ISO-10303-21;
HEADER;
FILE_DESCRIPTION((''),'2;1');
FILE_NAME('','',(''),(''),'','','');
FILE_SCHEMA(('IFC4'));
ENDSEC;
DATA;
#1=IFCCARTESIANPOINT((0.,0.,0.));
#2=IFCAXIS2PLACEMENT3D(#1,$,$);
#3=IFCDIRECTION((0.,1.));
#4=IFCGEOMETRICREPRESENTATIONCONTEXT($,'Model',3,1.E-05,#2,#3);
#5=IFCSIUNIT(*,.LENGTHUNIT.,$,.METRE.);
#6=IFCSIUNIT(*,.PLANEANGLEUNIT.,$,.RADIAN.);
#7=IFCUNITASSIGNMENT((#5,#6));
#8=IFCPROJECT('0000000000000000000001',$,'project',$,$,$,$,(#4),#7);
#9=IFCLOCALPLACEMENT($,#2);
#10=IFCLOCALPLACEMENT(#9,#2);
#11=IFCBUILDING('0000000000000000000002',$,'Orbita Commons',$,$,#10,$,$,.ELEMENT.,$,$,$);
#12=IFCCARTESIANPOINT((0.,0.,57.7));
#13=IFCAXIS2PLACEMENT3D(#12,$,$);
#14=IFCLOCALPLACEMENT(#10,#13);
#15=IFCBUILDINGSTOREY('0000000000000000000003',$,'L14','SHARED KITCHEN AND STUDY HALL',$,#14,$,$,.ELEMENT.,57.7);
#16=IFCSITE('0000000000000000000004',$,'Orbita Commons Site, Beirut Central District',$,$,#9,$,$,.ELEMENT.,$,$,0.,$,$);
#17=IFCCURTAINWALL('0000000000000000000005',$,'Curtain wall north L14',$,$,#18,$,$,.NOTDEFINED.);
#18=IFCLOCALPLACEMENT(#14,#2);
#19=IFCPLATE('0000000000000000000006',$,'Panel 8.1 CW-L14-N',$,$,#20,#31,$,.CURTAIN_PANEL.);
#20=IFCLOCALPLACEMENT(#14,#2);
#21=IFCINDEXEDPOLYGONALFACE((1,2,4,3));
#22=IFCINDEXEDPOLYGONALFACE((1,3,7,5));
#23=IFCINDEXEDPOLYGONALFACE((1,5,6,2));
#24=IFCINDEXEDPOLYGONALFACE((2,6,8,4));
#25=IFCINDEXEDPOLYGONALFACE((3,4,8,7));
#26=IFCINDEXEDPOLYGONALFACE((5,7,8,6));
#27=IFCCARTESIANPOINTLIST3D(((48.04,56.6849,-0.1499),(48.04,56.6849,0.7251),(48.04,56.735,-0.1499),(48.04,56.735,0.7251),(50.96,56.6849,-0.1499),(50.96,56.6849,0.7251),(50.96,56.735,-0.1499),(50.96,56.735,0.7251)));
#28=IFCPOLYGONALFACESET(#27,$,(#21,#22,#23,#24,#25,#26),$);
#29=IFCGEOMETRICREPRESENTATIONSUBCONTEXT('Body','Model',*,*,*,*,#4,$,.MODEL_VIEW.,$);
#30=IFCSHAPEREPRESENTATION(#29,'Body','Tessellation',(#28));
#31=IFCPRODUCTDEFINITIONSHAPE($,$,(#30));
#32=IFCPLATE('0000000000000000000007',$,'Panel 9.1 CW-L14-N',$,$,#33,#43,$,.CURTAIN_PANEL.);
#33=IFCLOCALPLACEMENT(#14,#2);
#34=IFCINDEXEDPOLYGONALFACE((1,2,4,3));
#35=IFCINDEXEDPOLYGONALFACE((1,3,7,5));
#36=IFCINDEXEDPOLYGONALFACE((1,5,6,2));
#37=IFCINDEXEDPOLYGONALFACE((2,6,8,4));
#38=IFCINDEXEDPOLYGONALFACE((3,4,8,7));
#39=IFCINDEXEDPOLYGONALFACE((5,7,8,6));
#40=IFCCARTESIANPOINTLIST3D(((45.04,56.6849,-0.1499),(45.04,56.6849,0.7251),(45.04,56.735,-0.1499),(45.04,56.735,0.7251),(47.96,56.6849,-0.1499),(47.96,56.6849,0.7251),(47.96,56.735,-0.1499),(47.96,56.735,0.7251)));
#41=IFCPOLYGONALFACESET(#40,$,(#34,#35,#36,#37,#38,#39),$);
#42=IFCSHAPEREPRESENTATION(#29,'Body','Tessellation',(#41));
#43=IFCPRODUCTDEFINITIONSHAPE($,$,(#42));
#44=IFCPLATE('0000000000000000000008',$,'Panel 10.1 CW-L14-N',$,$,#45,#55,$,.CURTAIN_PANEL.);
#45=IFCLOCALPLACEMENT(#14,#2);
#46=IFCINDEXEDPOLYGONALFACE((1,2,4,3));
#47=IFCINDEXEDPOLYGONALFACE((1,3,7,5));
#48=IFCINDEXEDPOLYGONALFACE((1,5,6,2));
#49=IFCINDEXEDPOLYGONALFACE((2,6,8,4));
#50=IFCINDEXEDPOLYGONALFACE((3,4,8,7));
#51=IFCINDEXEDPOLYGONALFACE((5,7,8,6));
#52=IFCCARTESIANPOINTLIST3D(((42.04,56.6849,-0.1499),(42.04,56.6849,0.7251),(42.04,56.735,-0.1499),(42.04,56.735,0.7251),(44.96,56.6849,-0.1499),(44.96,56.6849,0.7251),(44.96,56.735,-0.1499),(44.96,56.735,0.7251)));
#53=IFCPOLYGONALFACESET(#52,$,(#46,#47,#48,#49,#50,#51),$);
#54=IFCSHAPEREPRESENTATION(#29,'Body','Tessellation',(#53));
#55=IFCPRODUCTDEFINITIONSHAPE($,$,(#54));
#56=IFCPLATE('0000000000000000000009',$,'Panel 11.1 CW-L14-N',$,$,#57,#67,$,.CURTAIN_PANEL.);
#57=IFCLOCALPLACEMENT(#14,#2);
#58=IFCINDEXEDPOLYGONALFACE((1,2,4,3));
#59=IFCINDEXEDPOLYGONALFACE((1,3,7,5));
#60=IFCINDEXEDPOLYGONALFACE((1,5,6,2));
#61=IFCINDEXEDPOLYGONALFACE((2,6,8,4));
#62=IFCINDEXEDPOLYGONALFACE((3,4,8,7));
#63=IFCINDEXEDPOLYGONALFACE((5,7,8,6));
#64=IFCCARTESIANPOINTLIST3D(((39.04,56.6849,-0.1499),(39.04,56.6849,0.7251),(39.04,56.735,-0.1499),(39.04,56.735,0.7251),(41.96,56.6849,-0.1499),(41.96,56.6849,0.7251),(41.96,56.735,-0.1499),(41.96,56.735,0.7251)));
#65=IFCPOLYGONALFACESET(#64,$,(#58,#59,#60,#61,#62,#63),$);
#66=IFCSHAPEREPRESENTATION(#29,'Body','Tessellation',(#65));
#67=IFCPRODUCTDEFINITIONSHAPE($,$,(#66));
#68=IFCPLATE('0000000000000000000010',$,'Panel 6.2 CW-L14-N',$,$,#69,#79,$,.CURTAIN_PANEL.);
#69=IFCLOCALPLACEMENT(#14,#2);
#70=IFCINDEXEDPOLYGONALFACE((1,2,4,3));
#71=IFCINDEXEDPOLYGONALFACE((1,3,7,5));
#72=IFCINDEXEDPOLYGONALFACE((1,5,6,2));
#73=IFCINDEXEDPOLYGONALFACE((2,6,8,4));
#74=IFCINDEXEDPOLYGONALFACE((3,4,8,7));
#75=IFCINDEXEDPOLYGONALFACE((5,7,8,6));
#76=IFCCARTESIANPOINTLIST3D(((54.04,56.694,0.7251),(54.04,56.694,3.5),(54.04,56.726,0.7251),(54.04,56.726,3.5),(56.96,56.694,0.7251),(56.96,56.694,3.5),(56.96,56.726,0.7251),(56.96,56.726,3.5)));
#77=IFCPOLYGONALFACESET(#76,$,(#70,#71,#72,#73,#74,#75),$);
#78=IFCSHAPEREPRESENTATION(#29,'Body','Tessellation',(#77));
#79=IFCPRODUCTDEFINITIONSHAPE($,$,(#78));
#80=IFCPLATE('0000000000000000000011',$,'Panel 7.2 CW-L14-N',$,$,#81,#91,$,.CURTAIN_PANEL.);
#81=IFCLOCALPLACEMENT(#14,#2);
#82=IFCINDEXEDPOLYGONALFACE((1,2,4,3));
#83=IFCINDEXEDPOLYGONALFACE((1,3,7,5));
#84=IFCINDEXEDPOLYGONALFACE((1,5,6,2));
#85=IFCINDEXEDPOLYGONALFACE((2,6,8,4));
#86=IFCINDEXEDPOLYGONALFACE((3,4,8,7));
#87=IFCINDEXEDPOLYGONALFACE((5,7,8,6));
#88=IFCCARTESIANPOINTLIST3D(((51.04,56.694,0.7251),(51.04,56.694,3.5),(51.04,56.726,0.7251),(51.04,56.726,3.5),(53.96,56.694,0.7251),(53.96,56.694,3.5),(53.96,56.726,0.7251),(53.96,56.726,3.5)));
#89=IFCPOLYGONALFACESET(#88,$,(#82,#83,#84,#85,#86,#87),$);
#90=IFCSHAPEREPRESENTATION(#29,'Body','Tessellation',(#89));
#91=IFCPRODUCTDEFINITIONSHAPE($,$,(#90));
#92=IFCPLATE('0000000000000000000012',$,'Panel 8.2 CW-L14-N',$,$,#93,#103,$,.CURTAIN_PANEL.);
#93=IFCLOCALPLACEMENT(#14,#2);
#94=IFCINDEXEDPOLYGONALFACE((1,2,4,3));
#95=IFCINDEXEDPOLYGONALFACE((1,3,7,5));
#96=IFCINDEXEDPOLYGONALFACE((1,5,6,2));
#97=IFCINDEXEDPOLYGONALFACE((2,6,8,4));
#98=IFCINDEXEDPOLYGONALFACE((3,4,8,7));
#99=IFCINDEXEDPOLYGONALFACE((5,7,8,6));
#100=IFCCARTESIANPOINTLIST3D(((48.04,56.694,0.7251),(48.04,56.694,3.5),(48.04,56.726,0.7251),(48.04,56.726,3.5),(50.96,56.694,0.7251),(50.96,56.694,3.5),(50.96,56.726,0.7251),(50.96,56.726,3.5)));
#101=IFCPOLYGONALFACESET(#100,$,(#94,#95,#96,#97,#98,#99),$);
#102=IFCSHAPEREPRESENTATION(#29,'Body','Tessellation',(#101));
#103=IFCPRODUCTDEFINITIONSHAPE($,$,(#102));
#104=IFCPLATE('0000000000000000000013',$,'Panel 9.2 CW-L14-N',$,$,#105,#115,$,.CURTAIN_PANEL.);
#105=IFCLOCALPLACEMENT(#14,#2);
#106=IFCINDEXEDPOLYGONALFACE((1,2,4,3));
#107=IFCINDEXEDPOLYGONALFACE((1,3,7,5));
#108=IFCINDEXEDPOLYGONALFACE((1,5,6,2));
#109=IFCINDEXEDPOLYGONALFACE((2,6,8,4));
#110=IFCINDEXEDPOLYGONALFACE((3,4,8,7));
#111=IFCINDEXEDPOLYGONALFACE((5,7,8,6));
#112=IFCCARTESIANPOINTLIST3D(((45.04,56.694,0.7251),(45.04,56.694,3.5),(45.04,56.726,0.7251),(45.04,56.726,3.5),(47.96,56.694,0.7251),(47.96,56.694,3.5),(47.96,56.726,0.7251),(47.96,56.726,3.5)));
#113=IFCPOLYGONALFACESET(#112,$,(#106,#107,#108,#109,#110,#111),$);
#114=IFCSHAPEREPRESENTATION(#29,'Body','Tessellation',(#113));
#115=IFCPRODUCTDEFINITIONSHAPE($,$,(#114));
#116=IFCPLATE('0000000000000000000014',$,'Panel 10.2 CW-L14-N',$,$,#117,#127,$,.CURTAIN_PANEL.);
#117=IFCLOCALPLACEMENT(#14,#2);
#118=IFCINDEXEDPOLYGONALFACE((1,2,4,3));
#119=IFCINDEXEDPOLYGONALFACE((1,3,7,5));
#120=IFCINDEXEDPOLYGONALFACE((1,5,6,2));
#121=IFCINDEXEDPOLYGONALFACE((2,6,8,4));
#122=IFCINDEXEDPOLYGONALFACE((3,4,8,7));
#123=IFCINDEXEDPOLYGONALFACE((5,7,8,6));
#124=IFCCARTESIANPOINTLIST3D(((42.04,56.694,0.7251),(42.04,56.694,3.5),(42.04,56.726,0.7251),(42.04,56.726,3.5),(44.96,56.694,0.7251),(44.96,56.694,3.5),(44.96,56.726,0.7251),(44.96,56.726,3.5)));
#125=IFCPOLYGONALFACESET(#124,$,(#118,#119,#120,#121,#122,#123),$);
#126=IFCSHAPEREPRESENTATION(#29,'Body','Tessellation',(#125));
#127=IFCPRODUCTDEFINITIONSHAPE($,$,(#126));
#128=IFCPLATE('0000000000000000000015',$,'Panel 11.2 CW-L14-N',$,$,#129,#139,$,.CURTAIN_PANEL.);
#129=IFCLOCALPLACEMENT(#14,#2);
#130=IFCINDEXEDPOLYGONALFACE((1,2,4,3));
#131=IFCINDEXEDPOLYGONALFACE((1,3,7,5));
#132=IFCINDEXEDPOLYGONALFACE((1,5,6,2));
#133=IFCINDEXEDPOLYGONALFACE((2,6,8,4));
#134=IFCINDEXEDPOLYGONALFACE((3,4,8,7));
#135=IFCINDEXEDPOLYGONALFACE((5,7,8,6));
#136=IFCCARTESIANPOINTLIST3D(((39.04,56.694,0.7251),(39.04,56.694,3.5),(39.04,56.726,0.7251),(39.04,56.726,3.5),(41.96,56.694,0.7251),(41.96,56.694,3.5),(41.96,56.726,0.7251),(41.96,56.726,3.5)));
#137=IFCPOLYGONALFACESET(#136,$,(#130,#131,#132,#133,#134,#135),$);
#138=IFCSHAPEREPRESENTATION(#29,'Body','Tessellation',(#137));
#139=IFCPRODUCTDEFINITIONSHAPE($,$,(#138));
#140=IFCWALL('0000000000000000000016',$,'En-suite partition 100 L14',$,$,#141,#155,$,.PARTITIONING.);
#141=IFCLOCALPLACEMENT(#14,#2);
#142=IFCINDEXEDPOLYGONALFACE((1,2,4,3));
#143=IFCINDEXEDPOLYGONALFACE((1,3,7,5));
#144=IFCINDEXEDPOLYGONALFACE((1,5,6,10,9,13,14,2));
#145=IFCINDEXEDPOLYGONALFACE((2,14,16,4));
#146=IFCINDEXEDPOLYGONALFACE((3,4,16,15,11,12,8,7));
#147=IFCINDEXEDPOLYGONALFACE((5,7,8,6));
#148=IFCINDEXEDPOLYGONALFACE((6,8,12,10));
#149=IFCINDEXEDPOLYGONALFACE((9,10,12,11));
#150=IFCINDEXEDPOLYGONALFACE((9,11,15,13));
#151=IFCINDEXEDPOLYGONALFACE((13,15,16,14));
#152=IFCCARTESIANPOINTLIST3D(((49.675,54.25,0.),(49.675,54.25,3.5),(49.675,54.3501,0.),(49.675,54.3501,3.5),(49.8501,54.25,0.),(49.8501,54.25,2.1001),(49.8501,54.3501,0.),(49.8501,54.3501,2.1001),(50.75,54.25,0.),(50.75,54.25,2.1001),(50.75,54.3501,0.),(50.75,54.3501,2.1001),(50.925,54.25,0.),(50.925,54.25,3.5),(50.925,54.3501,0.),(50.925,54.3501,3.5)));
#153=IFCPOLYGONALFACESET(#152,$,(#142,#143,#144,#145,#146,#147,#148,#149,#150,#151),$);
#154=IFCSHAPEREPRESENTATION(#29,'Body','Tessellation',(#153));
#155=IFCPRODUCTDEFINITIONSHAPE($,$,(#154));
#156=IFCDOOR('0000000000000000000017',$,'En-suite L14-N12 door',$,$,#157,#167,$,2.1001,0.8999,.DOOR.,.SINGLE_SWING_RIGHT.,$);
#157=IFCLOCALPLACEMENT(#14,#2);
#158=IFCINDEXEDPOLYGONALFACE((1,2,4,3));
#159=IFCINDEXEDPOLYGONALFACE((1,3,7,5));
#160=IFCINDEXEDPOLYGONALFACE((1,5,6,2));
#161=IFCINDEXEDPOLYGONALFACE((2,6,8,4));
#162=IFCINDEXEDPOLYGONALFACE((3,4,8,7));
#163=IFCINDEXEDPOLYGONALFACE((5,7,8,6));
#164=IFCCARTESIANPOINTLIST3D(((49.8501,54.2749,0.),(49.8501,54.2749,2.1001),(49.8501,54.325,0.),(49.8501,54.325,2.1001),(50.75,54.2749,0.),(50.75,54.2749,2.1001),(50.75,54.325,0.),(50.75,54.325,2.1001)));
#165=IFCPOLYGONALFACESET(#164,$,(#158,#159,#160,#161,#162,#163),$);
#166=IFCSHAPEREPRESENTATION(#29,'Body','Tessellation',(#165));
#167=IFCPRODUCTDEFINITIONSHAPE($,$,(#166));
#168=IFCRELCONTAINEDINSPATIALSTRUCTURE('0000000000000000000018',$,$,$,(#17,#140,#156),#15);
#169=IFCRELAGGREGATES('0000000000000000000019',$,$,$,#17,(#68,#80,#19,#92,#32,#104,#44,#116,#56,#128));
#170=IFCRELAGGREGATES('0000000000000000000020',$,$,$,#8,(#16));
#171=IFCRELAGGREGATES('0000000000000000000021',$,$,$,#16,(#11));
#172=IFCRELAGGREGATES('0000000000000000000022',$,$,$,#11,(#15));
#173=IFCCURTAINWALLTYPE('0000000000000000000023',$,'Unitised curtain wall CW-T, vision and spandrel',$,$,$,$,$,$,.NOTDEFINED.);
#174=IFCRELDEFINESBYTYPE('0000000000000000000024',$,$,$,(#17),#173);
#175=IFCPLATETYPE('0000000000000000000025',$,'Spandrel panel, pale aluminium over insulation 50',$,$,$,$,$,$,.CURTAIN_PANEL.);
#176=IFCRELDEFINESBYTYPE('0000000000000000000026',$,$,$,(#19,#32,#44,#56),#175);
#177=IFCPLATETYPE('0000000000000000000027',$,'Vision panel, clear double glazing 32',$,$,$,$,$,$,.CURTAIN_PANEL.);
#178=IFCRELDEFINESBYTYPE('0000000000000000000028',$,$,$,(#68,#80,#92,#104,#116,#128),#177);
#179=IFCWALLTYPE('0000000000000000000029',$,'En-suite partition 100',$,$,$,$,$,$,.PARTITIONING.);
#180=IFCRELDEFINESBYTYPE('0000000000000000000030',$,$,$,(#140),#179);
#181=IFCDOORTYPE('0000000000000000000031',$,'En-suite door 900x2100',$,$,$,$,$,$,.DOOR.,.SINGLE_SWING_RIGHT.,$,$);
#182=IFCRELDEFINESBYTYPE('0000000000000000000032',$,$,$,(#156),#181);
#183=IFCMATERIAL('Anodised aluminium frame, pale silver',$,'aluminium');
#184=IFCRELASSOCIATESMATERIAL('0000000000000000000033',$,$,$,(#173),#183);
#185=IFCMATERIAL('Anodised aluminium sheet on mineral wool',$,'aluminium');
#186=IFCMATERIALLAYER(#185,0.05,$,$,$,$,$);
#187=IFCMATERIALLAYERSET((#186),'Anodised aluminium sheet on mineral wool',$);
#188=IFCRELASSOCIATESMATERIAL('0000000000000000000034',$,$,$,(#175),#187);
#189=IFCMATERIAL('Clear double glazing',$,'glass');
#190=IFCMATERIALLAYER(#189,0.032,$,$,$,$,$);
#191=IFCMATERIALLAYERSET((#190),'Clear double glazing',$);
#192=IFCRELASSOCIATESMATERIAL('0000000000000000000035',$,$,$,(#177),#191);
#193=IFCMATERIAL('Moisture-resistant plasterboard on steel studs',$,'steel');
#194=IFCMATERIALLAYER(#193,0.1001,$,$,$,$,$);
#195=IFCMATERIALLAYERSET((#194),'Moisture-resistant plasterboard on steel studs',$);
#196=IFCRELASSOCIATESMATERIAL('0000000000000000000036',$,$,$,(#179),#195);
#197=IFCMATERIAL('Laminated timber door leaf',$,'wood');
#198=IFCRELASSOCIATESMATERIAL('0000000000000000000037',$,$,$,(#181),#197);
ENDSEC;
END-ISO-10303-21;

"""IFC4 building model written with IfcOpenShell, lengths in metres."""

from ifc_helpers import new_model, si_unit, direction, frame, frame_2d, origin, origin_2d, place, context, subcontext, project, spatial, rectangle, extrude, material, layer, layer_set, type_object, element, fill, aggregate, save


model = new_model("IFC4")

# Units and contexts
model_context = context("Model", 3, precision=1e-05, world=origin(), true_north=direction((0.0, 1.0)))
body_context = subcontext(model_context, "Body", "Model", "MODEL_VIEW")
ifc_project = project(units=[si_unit("LENGTHUNIT", "METRE"), si_unit("PLANEANGLEUNIT", "RADIAN")], contexts=[model_context])

# Site, building, storey
site_placement = place(None, origin())
site = spatial("IfcSite", under=ifc_project, at=site_placement, Name="Orbita Commons Site, Beirut Central District", CompositionType="ELEMENT", RefElevation=0.0)
building_placement = place(site_placement, origin())
building = spatial("IfcBuilding", under=site, at=building_placement, Name="Orbita Commons", CompositionType="ELEMENT")
storey_placement = place(building_placement, frame((0.0, 0.0, 57.7)))
storey = spatial("IfcBuildingStorey", under=building, at=storey_placement, Name="L14", Description="SHARED KITCHEN AND STUDY HALL", CompositionType="ELEMENT", Elevation=57.7)

# Curtain wall, plates
ifc_material_1 = material(Name="Anodised aluminium frame, pale silver", Category="aluminium")
curtain_wall_type = type_object("IfcCurtainWallType", Name="Unitised curtain wall CW-T, vision and spandrel", PredefinedType="NOTDEFINED", material=ifc_material_1)
curtain_wall_placement = place(storey_placement, origin())
curtain_wall = element("IfcCurtainWall", 1, at=curtain_wall_placement, inside=storey, type_object=curtain_wall_type, Name="Curtain wall north L14", PredefinedType="NOTDEFINED")
ifc_material_2 = material(Name="Anodised aluminium sheet on mineral wool", Category="aluminium")
ifc_layer_1 = layer(ifc_material_2, 0.05)
ifc_layer_set_1 = layer_set([ifc_layer_1], Name="Anodised aluminium sheet on mineral wool")
plate_type_1 = type_object("IfcPlateType", Name="Spandrel panel, pale aluminium over insulation 50", PredefinedType="CURTAIN_PANEL", material=ifc_layer_set_1)
plate_1_placement = place(storey_placement, frame((49.5, 56.71, -0.1499), z_axis=(0.0, 0.0, 1.0), x_axis=(-1.0, 0.0, 0.0)))
plate_1 = element("IfcPlate", 2, at=plate_1_placement, type_object=plate_type_1, Name="Panel 8.1 CW-L14-N", PredefinedType="CURTAIN_PANEL", context=body_context, shape_type="SweptSolid", body=[
    extrude(rectangle(XDim=2.9199, YDim=0.05, at=origin_2d()), origin(), (0.0, 0.0, 1.0), 0.875),
])
plate_2_placement = place(storey_placement, frame((46.5, 56.71, -0.1499), z_axis=(0.0, 0.0, 1.0), x_axis=(-1.0, 0.0, 0.0)))
plate_2 = element("IfcPlate", 3, at=plate_2_placement, type_object=plate_type_1, Name="Panel 9.1 CW-L14-N", PredefinedType="CURTAIN_PANEL", context=body_context, shape_type="SweptSolid", body=[
    extrude(rectangle(XDim=2.9199, YDim=0.05, at=origin_2d()), origin(), (0.0, 0.0, 1.0), 0.875),
])
plate_3_placement = place(storey_placement, frame((43.5, 56.71, -0.1499), z_axis=(0.0, 0.0, 1.0), x_axis=(-1.0, 0.0, 0.0)))
plate_3 = element("IfcPlate", 4, at=plate_3_placement, type_object=plate_type_1, Name="Panel 10.1 CW-L14-N", PredefinedType="CURTAIN_PANEL", context=body_context, shape_type="SweptSolid", body=[
    extrude(rectangle(XDim=2.9199, YDim=0.05, at=origin_2d()), origin(), (0.0, 0.0, 1.0), 0.875),
])
plate_4_placement = place(storey_placement, frame((40.5, 56.71, -0.1499), z_axis=(0.0, 0.0, 1.0), x_axis=(-1.0, 0.0, 0.0)))
plate_4 = element("IfcPlate", 5, at=plate_4_placement, type_object=plate_type_1, Name="Panel 11.1 CW-L14-N", PredefinedType="CURTAIN_PANEL", context=body_context, shape_type="SweptSolid", body=[
    extrude(rectangle(XDim=2.9199, YDim=0.05, at=origin_2d()), origin(), (0.0, 0.0, 1.0), 0.875),
])
ifc_material_3 = material(Name="Clear double glazing", Category="glass")
ifc_layer_2 = layer(ifc_material_3, 0.032)
ifc_layer_set_2 = layer_set([ifc_layer_2], Name="Clear double glazing")
plate_type_2 = type_object("IfcPlateType", Name="Vision panel, clear double glazing 32", PredefinedType="CURTAIN_PANEL", material=ifc_layer_set_2)
plate_5_placement = place(storey_placement, frame((55.5, 56.71, 0.7251), z_axis=(0.0, 0.0, 1.0), x_axis=(-1.0, 0.0, 0.0)))
plate_5 = element("IfcPlate", 6, at=plate_5_placement, type_object=plate_type_2, Name="Panel 6.2 CW-L14-N", PredefinedType="CURTAIN_PANEL", context=body_context, shape_type="SweptSolid", body=[
    extrude(rectangle(XDim=2.9199, YDim=0.032, at=origin_2d()), origin(), (0.0, 0.0, 1.0), 2.7749),
])
plate_6_placement = place(storey_placement, frame((52.5, 56.71, 0.7251), z_axis=(0.0, 0.0, 1.0), x_axis=(-1.0, 0.0, 0.0)))
plate_6 = element("IfcPlate", 7, at=plate_6_placement, type_object=plate_type_2, Name="Panel 7.2 CW-L14-N", PredefinedType="CURTAIN_PANEL", context=body_context, shape_type="SweptSolid", body=[
    extrude(rectangle(XDim=2.9199, YDim=0.032, at=origin_2d()), origin(), (0.0, 0.0, 1.0), 2.7749),
])
plate_7_placement = place(storey_placement, frame((49.5, 56.71, 0.7251), z_axis=(0.0, 0.0, 1.0), x_axis=(-1.0, 0.0, 0.0)))
plate_7 = element("IfcPlate", 8, at=plate_7_placement, type_object=plate_type_2, Name="Panel 8.2 CW-L14-N", PredefinedType="CURTAIN_PANEL", context=body_context, shape_type="SweptSolid", body=[
    extrude(rectangle(XDim=2.9199, YDim=0.032, at=origin_2d()), origin(), (0.0, 0.0, 1.0), 2.7749),
])
plate_8_placement = place(storey_placement, frame((46.5, 56.71, 0.7251), z_axis=(0.0, 0.0, 1.0), x_axis=(-1.0, 0.0, 0.0)))
plate_8 = element("IfcPlate", 9, at=plate_8_placement, type_object=plate_type_2, Name="Panel 9.2 CW-L14-N", PredefinedType="CURTAIN_PANEL", context=body_context, shape_type="SweptSolid", body=[
    extrude(rectangle(XDim=2.9199, YDim=0.032, at=origin_2d()), origin(), (0.0, 0.0, 1.0), 2.7749),
])
plate_9_placement = place(storey_placement, frame((43.5, 56.71, 0.7251), z_axis=(0.0, 0.0, 1.0), x_axis=(-1.0, 0.0, 0.0)))
plate_9 = element("IfcPlate", 10, at=plate_9_placement, type_object=plate_type_2, Name="Panel 10.2 CW-L14-N", PredefinedType="CURTAIN_PANEL", context=body_context, shape_type="SweptSolid", body=[
    extrude(rectangle(XDim=2.9199, YDim=0.032, at=origin_2d()), origin(), (0.0, 0.0, 1.0), 2.7749),
])
plate_10_placement = place(storey_placement, frame((40.5, 56.71, 0.7251), z_axis=(0.0, 0.0, 1.0), x_axis=(-1.0, 0.0, 0.0)))
plate_10 = element("IfcPlate", 11, at=plate_10_placement, type_object=plate_type_2, Name="Panel 11.2 CW-L14-N", PredefinedType="CURTAIN_PANEL", context=body_context, shape_type="SweptSolid", body=[
    extrude(rectangle(XDim=2.9199, YDim=0.032, at=origin_2d()), origin(), (0.0, 0.0, 1.0), 2.7749),
])
aggregate(curtain_wall, [plate_5, plate_6, plate_1, plate_7, plate_2, plate_8, plate_3, plate_9, plate_4, plate_10])

# Wall, opening, door
ifc_material_4 = material(Name="Moisture-resistant plasterboard on steel studs", Category="steel")
ifc_layer_3 = layer(ifc_material_4, 0.1001)
ifc_layer_set_3 = layer_set([ifc_layer_3], Name="Moisture-resistant plasterboard on steel studs")
wall_type_1 = type_object("IfcWallType", Name="En-suite partition 100", PredefinedType="PARTITIONING", material=ifc_layer_set_3)
wall_1_placement = place(storey_placement, frame((49.675, 54.3, 0.0), z_axis=(0.0, 0.0, 1.0), x_axis=(1.0, 0.0, 0.0)))
wall_1 = element("IfcWall", 12, at=wall_1_placement, inside=storey, type_object=wall_type_1, Name="En-suite partition 100 L14", PredefinedType="PARTITIONING", context=body_context, shape_type="SweptSolid", body=[
    extrude(rectangle(XDim=1.25, YDim=0.1001, at=frame_2d((0.625, 0.0))), origin(), (0.0, 0.0, 1.0), 3.5),
])
opening_1_placement = place(wall_1_placement, frame((0.175, 0.0, 0.0)))
opening_1 = element("IfcOpeningElement", 13, at=opening_1_placement, cuts=wall_1, PredefinedType="OPENING", context=body_context, shape_type="SweptSolid", body=[
    extrude(rectangle(XDim=0.8999, YDim=2.1001, at=frame_2d((0.45, 1.05))), frame((0.0, 0.0601, 0.0), z_axis=(0.0, -1.0, 0.0), x_axis=(1.0, 0.0, 0.0)), (0.0, 0.0, 1.0), 0.1201),
])
ifc_material_5 = material(Name="Laminated timber door leaf", Category="wood")
door_type = type_object("IfcDoorType", Name="En-suite door 900x2100", OperationType="SINGLE_SWING_RIGHT", PredefinedType="DOOR", material=ifc_material_5)
door_1_placement = place(opening_1_placement, origin())
door_1 = element("IfcDoor", 14, at=door_1_placement, inside=storey, type_object=door_type, Name="En-suite L14-N12 door", OperationType="SINGLE_SWING_RIGHT", OverallHeight=2.1001, OverallWidth=0.8999, PredefinedType="DOOR", context=body_context, shape_type="SweptSolid", body=[
    extrude(rectangle(XDim=0.8999, YDim=2.1001, at=frame_2d((0.45, 1.05))), frame((0.0, 0.0249, 0.0), z_axis=(0.0, -1.0, 0.0), x_axis=(1.0, 0.0, 0.0)), (0.0, 0.0, 1.0), 0.05),
])
fill(opening_1, door_1)

save(model, "model.ifc")
